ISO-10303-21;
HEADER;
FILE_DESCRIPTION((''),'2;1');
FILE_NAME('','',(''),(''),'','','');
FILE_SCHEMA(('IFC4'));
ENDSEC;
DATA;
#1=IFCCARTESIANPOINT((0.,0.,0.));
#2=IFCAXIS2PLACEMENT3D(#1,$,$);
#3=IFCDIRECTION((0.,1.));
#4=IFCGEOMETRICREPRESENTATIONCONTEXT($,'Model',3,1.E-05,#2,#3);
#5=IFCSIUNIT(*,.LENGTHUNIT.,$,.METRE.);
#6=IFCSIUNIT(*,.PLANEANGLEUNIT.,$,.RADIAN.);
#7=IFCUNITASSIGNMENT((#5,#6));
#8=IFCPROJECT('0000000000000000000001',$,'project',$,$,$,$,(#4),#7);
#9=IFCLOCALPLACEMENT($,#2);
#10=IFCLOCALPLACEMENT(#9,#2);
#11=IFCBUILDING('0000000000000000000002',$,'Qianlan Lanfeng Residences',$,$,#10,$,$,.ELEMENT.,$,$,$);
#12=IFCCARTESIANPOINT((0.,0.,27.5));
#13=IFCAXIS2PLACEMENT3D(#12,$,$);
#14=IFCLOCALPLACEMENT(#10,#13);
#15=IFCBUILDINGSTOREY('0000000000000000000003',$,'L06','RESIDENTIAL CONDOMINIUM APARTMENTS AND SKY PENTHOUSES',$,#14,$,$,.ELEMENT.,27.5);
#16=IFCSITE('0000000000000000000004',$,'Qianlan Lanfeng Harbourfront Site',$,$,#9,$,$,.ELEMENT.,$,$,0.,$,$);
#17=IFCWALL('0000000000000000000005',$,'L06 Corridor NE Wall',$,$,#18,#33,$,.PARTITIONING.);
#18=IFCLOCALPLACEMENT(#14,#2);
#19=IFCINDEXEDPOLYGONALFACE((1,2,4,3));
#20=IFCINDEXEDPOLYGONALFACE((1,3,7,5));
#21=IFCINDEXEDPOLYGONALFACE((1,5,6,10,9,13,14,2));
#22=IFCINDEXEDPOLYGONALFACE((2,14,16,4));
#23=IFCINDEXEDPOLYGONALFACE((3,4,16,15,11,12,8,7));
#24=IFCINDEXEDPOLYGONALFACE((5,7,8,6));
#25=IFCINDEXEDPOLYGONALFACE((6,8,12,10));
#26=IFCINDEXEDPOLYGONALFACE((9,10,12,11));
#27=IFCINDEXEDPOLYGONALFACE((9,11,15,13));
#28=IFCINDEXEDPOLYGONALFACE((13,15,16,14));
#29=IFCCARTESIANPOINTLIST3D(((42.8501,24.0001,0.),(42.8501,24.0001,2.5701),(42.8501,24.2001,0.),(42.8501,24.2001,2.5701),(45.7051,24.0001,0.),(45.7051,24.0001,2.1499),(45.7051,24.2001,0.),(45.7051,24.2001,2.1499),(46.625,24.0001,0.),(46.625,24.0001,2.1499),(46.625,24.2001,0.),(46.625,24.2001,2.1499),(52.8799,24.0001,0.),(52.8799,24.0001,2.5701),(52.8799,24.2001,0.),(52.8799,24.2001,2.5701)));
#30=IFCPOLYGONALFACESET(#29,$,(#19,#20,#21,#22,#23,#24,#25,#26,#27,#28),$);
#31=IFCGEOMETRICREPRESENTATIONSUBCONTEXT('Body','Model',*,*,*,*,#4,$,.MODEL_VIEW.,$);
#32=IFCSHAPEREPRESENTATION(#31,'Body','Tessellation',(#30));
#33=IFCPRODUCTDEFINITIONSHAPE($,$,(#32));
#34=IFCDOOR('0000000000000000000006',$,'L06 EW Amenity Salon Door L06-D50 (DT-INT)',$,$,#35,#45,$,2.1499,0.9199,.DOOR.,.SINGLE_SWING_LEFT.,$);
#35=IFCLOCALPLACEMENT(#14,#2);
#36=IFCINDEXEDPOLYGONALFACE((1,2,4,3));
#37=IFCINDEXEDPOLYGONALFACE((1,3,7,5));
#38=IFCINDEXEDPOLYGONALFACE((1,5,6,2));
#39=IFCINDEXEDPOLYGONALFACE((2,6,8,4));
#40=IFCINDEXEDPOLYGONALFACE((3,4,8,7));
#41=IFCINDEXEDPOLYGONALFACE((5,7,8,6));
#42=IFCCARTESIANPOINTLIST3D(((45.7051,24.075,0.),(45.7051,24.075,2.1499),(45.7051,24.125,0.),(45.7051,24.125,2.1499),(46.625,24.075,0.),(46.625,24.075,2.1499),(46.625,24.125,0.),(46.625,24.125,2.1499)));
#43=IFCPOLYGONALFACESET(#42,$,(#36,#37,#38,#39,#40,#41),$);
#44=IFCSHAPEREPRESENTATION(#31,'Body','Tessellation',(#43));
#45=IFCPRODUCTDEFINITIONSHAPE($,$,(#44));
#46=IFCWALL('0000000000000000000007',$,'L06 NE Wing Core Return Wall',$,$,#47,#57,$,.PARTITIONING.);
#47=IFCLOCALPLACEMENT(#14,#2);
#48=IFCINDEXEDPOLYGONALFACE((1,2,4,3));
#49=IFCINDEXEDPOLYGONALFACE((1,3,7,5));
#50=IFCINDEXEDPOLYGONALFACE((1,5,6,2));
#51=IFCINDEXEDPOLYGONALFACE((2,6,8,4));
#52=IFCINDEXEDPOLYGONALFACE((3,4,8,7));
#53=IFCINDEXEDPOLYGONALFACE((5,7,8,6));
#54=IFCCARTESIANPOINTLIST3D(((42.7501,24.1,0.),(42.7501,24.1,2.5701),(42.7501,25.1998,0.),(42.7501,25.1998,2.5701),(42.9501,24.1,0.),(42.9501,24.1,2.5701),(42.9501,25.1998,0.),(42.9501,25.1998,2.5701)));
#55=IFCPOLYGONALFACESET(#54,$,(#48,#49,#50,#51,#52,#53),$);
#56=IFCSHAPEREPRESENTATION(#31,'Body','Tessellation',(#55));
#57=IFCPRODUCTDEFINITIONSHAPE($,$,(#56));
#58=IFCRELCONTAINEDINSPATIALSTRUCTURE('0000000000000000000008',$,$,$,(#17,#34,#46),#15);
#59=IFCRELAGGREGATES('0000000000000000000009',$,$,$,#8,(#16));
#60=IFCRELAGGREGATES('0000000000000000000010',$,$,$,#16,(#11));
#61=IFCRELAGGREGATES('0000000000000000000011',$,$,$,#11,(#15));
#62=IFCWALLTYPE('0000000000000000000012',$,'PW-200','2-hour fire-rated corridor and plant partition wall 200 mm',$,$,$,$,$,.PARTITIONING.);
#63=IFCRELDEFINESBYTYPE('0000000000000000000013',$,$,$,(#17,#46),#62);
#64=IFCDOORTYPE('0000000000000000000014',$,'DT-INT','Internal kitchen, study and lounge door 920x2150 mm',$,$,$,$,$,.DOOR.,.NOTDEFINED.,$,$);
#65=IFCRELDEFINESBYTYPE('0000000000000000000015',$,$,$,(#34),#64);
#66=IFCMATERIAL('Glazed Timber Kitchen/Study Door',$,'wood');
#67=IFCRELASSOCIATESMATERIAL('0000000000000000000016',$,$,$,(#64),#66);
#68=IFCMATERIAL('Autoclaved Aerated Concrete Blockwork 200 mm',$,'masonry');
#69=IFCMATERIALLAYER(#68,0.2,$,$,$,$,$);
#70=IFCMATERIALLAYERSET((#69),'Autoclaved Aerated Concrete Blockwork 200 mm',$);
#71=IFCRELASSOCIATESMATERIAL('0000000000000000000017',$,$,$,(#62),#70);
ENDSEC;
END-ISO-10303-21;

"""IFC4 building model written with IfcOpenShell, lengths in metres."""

from ifc_helpers import new_model, si_unit, direction, frame, frame_2d, origin, place, context, subcontext, project, spatial, rectangle, extrude, material, layer, layer_set, type_object, element, fill, save


model = new_model("IFC4")

# Units and contexts
model_context = context("Model", 3, precision=1e-05, world=origin(), true_north=direction((0.0, 1.0)))
body_context = subcontext(model_context, "Body", "Model", "MODEL_VIEW")
ifc_project = project(units=[si_unit("LENGTHUNIT", "METRE"), si_unit("PLANEANGLEUNIT", "RADIAN")], contexts=[model_context])

# Site, building, storey
site_placement = place(None, origin())
site = spatial("IfcSite", under=ifc_project, at=site_placement, Name="Qianlan Lanfeng Harbourfront Site", CompositionType="ELEMENT", RefElevation=0.0)
building_placement = place(site_placement, origin())
building = spatial("IfcBuilding", under=site, at=building_placement, Name="Qianlan Lanfeng Residences", CompositionType="ELEMENT")
storey_placement = place(building_placement, frame((0.0, 0.0, 27.5)))
storey = spatial("IfcBuildingStorey", under=building, at=storey_placement, Name="L06", Description="RESIDENTIAL CONDOMINIUM APARTMENTS AND SKY PENTHOUSES", CompositionType="ELEMENT", Elevation=27.5)

# Wall, opening, door
ifc_material_1 = material(Name="Glazed Timber Kitchen/Study Door", Category="wood")
door_type = type_object("IfcDoorType", Name="DT-INT", Description="Internal kitchen, study and lounge door 920x2150 mm", OperationType="NOTDEFINED", PredefinedType="DOOR", material=ifc_material_1)
ifc_material_2 = material(Name="Autoclaved Aerated Concrete Blockwork 200 mm", Category="masonry")
ifc_layer_1 = layer(ifc_material_2, 0.2)
ifc_layer_set_1 = layer_set([ifc_layer_1], Name="Autoclaved Aerated Concrete Blockwork 200 mm")
wall_type_1 = type_object("IfcWallType", Name="PW-200", Description="2-hour fire-rated corridor and plant partition wall 200 mm", PredefinedType="PARTITIONING", material=ifc_layer_set_1)
wall_1_placement = place(storey_placement, frame((42.8501, 24.1001, 0.0), z_axis=(0.0, 0.0, 1.0), x_axis=(1.0, 0.0, 0.0)))
wall_1 = element("IfcWall", 1, at=wall_1_placement, inside=storey, type_object=wall_type_1, Name="L06 Corridor NE Wall", PredefinedType="PARTITIONING", context=body_context, shape_type="SweptSolid", body=[
    extrude(rectangle(XDim=10.0298, YDim=0.2, at=frame_2d((5.0149, 0.0))), origin(), (0.0, 0.0, 1.0), 2.5701),
])
opening_1_placement = place(wall_1_placement, frame((2.855, 0.0, 0.0)))
opening_1 = element("IfcOpeningElement", 2, at=opening_1_placement, cuts=wall_1, PredefinedType="OPENING", context=body_context, shape_type="SweptSolid", body=[
    extrude(rectangle(XDim=0.9199, YDim=2.1499, at=frame_2d((0.46, 1.075))), frame((0.0, 0.1099, 0.0), z_axis=(0.0, -1.0, 0.0), x_axis=(1.0, 0.0, 0.0)), (0.0, 0.0, 1.0), 0.22),
])
door_1_placement = place(opening_1_placement, origin())
door_1 = element("IfcDoor", 3, at=door_1_placement, inside=storey, type_object=door_type, Name="L06 EW Amenity Salon Door L06-D50 (DT-INT)", OperationType="SINGLE_SWING_LEFT", OverallHeight=2.1499, OverallWidth=0.9199, PredefinedType="DOOR", context=body_context, shape_type="SweptSolid", body=[
    extrude(rectangle(XDim=0.9199, YDim=2.1499, at=frame_2d((0.46, 1.075))), frame((0.0, 0.0249, 0.0), z_axis=(0.0, -1.0, 0.0), x_axis=(1.0, 0.0, 0.0)), (0.0, 0.0, 1.0), 0.05),
])
fill(opening_1, door_1)

# Wall
wall_2_placement = place(storey_placement, frame((42.8501, 24.1001, 0.0), z_axis=(0.0, 0.0, 1.0), x_axis=(0.0, 1.0, 0.0)))
element("IfcWall", 4, at=wall_2_placement, inside=storey, type_object=wall_type_1, Name="L06 NE Wing Core Return Wall", PredefinedType="PARTITIONING", context=body_context, shape_type="SweptSolid", body=[
    extrude(rectangle(XDim=1.0999, YDim=0.2, at=frame_2d((0.5498, 0.0))), origin(), (0.0, 0.0, 1.0), 2.5701),
])

save(model, "model.ifc")
